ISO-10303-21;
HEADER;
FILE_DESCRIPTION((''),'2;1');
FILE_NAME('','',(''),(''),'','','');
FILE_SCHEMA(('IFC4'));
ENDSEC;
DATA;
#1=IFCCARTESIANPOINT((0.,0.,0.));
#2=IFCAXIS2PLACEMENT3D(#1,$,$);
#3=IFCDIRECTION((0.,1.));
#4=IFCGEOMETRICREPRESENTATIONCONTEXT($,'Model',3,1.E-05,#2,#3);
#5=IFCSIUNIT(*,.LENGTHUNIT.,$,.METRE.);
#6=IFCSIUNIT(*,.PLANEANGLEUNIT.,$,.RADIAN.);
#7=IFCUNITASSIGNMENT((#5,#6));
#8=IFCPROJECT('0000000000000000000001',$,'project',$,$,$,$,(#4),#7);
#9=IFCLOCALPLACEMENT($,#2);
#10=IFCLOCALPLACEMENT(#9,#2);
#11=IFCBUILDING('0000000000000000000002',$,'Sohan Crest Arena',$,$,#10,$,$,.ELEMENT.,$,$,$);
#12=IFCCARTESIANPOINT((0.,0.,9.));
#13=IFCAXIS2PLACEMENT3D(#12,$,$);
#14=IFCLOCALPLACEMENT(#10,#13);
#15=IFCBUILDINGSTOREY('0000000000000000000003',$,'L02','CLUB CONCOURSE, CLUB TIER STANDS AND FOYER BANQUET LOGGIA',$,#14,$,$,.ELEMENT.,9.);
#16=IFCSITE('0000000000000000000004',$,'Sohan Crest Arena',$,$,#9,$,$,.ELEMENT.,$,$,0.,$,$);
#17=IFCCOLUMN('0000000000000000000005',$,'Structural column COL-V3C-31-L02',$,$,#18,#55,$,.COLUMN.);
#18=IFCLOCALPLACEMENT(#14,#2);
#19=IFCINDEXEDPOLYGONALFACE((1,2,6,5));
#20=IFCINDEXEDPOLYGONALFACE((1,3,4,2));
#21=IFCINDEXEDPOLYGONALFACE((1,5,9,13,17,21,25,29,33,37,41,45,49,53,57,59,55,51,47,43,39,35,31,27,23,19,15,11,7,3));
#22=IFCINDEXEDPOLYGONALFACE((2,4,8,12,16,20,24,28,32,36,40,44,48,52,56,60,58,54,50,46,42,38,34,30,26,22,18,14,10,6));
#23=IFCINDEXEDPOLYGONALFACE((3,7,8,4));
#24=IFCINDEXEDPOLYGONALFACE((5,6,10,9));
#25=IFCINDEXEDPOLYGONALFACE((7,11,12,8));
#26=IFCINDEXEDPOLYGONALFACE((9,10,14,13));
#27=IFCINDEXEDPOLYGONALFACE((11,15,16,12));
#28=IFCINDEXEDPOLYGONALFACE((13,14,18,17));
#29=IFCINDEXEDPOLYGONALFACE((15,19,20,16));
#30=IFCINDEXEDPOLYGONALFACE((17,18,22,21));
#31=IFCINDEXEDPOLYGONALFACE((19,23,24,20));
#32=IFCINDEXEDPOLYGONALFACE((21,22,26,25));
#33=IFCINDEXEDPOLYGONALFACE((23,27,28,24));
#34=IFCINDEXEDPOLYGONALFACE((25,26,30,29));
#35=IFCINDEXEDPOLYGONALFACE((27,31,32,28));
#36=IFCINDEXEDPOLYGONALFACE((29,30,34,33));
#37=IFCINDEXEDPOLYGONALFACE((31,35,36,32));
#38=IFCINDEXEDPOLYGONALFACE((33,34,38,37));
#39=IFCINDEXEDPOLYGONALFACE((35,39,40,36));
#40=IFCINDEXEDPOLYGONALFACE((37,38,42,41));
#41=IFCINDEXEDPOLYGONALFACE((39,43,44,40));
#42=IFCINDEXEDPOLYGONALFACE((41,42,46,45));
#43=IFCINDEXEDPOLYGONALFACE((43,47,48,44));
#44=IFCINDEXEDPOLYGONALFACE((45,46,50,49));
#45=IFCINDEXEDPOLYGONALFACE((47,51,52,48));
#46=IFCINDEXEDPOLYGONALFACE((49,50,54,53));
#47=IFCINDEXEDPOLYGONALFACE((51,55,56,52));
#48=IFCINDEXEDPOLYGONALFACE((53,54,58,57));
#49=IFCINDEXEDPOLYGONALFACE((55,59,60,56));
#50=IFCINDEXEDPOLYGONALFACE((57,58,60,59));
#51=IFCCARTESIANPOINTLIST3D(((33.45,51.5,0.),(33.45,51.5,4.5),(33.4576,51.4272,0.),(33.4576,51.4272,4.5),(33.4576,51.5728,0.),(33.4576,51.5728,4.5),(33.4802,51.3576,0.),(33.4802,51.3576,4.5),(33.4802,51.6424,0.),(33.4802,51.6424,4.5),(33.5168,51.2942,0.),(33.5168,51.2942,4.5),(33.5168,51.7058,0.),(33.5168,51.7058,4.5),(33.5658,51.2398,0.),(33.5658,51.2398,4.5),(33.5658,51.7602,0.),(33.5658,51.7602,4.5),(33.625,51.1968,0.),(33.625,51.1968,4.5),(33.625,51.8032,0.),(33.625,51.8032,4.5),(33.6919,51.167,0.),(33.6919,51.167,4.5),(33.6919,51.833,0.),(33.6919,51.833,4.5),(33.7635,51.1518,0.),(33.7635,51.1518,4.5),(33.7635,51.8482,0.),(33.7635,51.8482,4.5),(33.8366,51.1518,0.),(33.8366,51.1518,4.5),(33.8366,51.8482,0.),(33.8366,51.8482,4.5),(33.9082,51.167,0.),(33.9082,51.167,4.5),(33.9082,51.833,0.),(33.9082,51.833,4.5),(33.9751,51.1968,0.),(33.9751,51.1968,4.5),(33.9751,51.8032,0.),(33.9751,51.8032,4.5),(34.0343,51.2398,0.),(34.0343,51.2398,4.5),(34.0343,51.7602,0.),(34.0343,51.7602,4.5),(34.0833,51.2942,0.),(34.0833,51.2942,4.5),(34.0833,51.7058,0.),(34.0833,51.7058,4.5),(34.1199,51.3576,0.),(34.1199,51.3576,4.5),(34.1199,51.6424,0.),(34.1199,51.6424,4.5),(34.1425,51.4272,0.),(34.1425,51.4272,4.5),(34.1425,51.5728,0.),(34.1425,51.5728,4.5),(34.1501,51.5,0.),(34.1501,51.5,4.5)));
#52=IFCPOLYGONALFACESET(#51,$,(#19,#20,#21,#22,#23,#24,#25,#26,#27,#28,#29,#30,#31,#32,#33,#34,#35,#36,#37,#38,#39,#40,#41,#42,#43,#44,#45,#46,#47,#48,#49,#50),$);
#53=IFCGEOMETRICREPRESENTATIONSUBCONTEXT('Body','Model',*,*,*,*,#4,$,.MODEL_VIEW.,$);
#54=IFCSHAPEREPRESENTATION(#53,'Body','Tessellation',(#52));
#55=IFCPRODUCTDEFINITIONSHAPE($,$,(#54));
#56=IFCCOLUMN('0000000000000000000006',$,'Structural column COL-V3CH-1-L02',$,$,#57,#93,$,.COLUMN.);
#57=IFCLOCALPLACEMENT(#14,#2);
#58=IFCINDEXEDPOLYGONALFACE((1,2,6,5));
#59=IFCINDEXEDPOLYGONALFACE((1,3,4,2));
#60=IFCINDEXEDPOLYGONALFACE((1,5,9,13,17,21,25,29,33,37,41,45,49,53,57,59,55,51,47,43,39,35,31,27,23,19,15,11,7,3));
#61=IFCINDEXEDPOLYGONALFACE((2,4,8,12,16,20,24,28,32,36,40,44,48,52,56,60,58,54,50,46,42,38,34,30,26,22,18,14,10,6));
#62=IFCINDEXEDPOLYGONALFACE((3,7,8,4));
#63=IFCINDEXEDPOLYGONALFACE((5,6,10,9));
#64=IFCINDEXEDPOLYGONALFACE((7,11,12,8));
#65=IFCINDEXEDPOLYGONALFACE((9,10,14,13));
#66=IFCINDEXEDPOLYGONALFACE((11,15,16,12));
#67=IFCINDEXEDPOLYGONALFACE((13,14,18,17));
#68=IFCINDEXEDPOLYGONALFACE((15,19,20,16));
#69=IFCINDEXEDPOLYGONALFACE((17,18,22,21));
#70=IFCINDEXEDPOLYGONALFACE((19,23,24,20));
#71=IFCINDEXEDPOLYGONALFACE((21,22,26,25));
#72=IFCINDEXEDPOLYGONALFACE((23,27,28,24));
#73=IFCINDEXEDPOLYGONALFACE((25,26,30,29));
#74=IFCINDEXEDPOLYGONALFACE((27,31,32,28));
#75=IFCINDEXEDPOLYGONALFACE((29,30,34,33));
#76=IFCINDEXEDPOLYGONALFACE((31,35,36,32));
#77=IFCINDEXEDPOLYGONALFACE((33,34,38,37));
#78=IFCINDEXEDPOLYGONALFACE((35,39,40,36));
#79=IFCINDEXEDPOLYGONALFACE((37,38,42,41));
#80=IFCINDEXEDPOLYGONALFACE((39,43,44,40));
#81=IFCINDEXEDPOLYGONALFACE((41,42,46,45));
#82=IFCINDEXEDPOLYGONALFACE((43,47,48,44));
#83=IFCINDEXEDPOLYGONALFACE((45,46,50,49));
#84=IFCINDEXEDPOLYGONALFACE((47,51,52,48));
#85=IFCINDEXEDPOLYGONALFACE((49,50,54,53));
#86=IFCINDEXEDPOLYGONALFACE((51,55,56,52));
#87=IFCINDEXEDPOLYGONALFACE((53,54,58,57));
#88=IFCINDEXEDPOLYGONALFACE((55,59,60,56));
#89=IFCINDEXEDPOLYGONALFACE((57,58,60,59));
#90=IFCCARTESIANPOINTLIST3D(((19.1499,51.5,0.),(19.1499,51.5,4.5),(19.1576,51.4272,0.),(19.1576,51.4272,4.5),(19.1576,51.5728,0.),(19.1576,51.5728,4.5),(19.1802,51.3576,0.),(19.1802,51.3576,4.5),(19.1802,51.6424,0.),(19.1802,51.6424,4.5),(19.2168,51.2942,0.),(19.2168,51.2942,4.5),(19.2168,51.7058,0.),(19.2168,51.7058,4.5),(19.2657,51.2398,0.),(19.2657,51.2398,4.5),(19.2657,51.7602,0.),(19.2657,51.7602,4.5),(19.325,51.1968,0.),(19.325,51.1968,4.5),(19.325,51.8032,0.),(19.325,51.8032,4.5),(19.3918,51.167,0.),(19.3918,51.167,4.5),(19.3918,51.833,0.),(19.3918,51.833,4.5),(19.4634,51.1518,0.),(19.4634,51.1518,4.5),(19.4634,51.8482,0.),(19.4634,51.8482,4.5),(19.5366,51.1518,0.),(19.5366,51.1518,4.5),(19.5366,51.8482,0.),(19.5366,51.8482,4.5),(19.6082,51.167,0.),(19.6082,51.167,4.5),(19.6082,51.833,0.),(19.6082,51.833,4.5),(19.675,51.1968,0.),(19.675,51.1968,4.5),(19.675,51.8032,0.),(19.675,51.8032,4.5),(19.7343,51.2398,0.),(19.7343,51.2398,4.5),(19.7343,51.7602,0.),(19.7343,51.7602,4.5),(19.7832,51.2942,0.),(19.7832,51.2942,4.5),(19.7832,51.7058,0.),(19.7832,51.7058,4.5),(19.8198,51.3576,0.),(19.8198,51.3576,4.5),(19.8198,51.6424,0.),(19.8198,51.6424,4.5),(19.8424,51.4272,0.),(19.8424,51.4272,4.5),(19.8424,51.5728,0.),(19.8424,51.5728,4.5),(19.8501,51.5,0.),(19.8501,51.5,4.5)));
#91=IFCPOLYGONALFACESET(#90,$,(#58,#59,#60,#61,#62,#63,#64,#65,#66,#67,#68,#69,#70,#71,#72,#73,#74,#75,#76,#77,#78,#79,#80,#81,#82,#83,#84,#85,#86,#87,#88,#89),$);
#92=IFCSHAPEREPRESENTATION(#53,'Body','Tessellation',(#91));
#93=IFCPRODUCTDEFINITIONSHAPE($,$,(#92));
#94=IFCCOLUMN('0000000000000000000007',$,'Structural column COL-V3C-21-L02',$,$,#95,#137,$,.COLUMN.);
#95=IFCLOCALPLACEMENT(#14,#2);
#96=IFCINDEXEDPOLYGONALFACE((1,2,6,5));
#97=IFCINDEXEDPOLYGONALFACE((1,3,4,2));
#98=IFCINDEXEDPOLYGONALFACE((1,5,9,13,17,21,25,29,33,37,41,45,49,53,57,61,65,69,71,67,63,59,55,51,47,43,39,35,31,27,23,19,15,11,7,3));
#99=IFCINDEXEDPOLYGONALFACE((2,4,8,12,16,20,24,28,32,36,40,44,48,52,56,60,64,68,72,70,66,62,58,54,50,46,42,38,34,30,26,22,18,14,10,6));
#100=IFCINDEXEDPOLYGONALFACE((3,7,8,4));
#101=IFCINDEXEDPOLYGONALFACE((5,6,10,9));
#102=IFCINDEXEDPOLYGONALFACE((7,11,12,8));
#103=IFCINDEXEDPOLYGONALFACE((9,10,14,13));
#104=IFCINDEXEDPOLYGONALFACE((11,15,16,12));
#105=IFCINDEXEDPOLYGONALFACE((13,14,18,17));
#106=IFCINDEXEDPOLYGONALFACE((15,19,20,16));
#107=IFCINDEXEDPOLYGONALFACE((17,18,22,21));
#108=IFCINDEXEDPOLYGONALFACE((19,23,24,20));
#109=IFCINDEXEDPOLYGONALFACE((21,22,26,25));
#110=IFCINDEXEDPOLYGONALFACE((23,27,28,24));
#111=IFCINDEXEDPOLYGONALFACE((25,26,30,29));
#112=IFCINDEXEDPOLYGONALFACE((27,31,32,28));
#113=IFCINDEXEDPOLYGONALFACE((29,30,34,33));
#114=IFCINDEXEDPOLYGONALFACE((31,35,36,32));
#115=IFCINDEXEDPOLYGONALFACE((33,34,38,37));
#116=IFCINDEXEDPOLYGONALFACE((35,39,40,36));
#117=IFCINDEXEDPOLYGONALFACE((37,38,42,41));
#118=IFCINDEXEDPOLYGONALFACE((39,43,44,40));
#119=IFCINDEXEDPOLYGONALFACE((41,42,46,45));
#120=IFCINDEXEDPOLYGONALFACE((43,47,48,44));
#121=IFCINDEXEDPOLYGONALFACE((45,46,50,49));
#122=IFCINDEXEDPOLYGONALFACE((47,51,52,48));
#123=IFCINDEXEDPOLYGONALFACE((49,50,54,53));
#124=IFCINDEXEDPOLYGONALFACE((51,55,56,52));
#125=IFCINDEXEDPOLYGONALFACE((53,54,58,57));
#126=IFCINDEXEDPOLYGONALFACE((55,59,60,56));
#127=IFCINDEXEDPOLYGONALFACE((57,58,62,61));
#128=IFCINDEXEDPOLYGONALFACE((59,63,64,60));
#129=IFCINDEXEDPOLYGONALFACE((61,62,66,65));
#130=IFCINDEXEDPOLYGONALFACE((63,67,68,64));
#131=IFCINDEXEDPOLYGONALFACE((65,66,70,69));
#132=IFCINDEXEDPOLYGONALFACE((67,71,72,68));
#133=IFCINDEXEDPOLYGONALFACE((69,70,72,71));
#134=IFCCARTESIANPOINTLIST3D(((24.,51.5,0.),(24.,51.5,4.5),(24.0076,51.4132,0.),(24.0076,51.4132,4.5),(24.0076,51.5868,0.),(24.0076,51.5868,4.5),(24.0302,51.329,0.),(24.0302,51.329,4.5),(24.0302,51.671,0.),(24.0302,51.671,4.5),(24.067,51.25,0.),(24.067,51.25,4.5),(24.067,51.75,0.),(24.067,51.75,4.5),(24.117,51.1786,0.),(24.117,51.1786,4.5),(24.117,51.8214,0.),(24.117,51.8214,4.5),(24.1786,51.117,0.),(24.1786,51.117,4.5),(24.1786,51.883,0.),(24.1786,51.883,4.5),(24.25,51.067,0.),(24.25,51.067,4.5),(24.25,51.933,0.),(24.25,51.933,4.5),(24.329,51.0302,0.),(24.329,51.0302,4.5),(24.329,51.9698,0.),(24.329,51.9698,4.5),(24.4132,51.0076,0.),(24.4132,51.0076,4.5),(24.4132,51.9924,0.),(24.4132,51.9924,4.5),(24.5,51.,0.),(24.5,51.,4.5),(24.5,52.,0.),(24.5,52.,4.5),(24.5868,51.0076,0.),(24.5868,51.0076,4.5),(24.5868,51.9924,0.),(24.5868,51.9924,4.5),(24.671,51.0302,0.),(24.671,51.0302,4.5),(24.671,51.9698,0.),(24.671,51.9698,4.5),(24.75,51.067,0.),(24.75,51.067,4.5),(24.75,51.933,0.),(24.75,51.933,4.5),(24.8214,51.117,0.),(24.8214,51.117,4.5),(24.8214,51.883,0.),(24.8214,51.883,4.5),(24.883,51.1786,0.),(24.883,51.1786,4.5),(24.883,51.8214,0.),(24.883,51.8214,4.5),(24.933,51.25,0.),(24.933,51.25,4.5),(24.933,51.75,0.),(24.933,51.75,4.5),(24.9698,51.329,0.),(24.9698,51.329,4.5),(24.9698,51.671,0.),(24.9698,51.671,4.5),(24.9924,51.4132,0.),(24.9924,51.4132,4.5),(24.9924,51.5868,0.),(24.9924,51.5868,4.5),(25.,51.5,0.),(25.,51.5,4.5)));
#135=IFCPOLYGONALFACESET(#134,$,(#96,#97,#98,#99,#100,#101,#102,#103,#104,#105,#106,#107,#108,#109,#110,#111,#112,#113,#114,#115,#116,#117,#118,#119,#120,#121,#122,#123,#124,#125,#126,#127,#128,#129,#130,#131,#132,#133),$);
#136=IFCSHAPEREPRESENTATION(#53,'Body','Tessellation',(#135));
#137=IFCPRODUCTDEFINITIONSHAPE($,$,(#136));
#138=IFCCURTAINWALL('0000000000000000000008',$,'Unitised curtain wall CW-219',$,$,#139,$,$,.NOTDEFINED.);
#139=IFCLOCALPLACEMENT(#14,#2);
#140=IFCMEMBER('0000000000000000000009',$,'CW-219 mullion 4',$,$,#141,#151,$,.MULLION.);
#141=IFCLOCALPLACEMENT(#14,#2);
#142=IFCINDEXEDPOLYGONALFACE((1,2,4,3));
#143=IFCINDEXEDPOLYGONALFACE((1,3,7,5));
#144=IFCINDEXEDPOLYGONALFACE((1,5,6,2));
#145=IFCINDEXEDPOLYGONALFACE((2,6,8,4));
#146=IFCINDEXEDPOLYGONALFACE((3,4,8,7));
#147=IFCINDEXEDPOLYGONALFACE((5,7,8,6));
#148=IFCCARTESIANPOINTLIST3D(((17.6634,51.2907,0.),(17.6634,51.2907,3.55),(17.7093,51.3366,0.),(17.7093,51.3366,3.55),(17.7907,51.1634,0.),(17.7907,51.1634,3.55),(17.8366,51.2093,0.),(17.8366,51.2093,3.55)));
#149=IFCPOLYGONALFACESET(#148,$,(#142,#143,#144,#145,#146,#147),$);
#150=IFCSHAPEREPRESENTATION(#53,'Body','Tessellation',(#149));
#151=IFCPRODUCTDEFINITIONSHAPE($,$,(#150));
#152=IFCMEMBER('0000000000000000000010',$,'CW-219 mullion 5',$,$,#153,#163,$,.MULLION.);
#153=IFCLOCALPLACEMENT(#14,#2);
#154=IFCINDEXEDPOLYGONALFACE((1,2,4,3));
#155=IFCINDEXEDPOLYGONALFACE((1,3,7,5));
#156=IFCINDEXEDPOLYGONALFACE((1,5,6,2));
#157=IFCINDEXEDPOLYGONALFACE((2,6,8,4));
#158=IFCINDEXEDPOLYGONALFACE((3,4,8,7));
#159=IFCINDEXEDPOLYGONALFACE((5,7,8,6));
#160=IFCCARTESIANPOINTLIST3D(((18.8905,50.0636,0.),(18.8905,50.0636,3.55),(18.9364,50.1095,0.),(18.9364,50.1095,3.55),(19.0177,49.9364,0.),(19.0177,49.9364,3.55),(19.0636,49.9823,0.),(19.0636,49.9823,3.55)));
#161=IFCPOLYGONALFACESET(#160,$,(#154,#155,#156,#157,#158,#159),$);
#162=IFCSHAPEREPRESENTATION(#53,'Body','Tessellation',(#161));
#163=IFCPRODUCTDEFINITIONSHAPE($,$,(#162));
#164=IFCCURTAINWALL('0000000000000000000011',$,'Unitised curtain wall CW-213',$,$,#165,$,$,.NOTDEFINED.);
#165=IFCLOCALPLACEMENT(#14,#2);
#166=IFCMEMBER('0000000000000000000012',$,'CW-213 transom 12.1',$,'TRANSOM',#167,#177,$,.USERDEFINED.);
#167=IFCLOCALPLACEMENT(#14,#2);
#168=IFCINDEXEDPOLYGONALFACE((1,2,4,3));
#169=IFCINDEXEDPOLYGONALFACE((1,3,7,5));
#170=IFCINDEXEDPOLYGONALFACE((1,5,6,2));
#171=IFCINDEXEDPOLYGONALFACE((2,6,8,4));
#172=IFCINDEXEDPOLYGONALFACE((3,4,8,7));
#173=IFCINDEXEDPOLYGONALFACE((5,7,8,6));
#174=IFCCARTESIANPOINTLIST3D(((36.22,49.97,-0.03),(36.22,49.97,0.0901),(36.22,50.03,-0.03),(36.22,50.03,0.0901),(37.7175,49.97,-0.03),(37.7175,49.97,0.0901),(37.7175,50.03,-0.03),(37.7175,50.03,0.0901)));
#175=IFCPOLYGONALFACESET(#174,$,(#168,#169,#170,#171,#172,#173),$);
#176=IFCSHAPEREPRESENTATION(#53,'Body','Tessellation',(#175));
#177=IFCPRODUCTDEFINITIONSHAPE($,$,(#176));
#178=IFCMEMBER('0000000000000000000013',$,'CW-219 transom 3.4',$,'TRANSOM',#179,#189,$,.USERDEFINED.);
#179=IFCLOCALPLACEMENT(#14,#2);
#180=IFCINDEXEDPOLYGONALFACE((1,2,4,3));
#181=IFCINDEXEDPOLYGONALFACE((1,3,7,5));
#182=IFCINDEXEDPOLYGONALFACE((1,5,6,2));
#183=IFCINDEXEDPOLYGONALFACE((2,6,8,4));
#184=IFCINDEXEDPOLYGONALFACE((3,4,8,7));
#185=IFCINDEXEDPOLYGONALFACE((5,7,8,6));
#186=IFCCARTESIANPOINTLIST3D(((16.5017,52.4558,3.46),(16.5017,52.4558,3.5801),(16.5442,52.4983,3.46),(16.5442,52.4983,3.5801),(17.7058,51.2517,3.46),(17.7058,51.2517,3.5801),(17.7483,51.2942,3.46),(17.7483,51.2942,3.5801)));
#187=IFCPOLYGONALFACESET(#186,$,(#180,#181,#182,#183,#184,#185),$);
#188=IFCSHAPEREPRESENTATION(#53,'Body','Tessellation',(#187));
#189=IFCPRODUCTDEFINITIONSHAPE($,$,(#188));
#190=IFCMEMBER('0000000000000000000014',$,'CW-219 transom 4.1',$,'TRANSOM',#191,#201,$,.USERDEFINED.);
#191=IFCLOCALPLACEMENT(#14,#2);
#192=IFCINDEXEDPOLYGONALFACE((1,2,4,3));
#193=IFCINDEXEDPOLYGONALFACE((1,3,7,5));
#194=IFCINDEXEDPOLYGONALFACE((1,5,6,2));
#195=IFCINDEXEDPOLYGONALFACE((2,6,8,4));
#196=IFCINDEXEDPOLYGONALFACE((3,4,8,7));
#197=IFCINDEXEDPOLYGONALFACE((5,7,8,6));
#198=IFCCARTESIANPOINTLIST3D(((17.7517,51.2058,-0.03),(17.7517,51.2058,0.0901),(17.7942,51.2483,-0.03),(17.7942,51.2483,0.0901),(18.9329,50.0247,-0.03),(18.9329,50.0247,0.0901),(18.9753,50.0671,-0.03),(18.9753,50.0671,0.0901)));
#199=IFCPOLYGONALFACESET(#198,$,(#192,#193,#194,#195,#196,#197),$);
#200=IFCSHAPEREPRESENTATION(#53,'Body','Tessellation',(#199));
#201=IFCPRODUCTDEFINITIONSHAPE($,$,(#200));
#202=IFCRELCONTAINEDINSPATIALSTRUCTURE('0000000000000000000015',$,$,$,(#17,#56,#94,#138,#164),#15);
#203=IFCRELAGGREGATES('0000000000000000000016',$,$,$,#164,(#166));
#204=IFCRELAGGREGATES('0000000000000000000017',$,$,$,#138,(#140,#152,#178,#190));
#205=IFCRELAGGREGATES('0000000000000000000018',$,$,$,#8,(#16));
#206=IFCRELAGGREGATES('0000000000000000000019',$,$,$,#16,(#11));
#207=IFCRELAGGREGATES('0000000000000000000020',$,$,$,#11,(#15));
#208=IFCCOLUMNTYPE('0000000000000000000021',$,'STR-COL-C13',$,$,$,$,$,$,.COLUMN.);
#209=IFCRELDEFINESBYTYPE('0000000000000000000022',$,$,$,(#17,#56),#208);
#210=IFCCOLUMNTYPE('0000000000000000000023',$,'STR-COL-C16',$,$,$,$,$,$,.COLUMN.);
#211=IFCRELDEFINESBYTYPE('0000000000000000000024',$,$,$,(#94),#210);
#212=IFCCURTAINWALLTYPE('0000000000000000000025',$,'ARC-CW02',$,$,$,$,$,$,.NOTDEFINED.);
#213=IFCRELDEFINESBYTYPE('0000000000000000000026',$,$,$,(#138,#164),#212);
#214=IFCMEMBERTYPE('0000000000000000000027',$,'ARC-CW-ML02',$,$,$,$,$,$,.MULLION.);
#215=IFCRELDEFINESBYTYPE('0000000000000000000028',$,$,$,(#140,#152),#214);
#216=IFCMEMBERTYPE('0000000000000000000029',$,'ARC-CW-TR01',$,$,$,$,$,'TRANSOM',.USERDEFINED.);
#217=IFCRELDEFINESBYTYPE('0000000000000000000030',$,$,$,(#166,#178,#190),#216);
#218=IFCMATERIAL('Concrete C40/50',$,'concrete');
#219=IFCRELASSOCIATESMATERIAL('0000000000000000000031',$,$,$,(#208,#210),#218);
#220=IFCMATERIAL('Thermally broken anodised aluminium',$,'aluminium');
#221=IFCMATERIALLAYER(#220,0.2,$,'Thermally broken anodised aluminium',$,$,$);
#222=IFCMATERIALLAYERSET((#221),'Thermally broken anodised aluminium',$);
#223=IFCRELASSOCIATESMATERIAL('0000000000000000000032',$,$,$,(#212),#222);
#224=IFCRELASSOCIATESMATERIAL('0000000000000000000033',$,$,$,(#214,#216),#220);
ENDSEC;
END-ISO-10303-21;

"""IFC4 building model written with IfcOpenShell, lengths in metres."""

from ifc_helpers import new_model, si_unit, direction, frame, origin, origin_2d, place, context, subcontext, project, spatial, rectangle, circle, extrude, material, layer, layer_set, material_profile, profile_set, type_object, element, aggregate, save


model = new_model("IFC4")

# Units and contexts
model_context = context("Model", 3, precision=1e-05, world=origin(), true_north=direction((0.0, 1.0)))
body_context = subcontext(model_context, "Body", "Model", "MODEL_VIEW")
ifc_project = project(units=[si_unit("LENGTHUNIT", "METRE"), si_unit("PLANEANGLEUNIT", "RADIAN")], contexts=[model_context])

# Site, building, storey
site_placement = place(None, origin())
site = spatial("IfcSite", under=ifc_project, at=site_placement, Name="Sohan Crest Arena", CompositionType="ELEMENT", RefElevation=0.0)
building_placement = place(site_placement, origin())
building = spatial("IfcBuilding", under=site, at=building_placement, Name="Sohan Crest Arena", CompositionType="ELEMENT")
storey_placement = place(building_placement, frame((0.0, 0.0, 9.0)))
storey = spatial("IfcBuildingStorey", under=building, at=storey_placement, Name="L02", Description="CLUB CONCOURSE, CLUB TIER STANDS AND FOYER BANQUET LOGGIA", CompositionType="ELEMENT", Elevation=9.0)

# Columns
ifc_material_1 = material(Name="Concrete C40/50", Category="concrete")
ifc_material_profile_1 = material_profile(ifc_material_1, circle(Radius=0.3501, at=origin_2d()), Name="RC D700")
ifc_profile_set_1 = profile_set([ifc_material_profile_1], Name="Concrete C40/50")
column_type_1 = type_object("IfcColumnType", Name="STR-COL-C13", PredefinedType="COLUMN", material=ifc_profile_set_1)
for number, where, z_axis, x_axis, name in (
    (1, (33.8, 51.5, 0.0), (0.0, 0.0, 1.0), (1.0, 0.0, 0.0), "Structural column COL-V3C-31-L02"),
    (2, (19.5, 51.5, 0.0), (0.0, 0.0, 1.0), (1.0, 0.0, 0.0), "Structural column COL-V3CH-1-L02"),
):
    element("IfcColumn", number, at=place(storey_placement, frame(where, z_axis=z_axis, x_axis=x_axis)), inside=storey, type_object=column_type_1, Name=name, PredefinedType="COLUMN", context=body_context, shape_type="SweptSolid", body=[
        extrude(circle(Radius=0.3501, at=origin_2d()), origin(), (0.0, 0.0, 1.0), 4.5),
    ])
ifc_material_profile_2 = material_profile(ifc_material_1, circle(Radius=0.5, at=origin_2d()), Name="RC D1000")
ifc_profile_set_2 = profile_set([ifc_material_profile_2], Name="Concrete C40/50")
column_type_2 = type_object("IfcColumnType", Name="STR-COL-C16", PredefinedType="COLUMN", material=ifc_profile_set_2)
column_placement = place(storey_placement, frame((24.5, 51.5, 0.0), z_axis=(0.0, 0.0, 1.0), x_axis=(1.0, 0.0, 0.0)))
element("IfcColumn", 3, at=column_placement, inside=storey, type_object=column_type_2, Name="Structural column COL-V3C-21-L02", PredefinedType="COLUMN", context=body_context, shape_type="SweptSolid", body=[
    extrude(circle(Radius=0.5, at=origin_2d()), origin(), (0.0, 0.0, 1.0), 4.5),
])

# Curtain wall, members
ifc_material_2 = material(Name="Thermally broken anodised aluminium", Category="aluminium")
ifc_layer_1 = layer(ifc_material_2, 0.2, Name="Thermally broken anodised aluminium")
ifc_layer_set_1 = layer_set([ifc_layer_1], Name="Thermally broken anodised aluminium")
curtain_wall_type = type_object("IfcCurtainWallType", Name="ARC-CW02", PredefinedType="NOTDEFINED", material=ifc_layer_set_1)
curtain_wall_1_placement = place(storey_placement, origin())
curtain_wall_1 = element("IfcCurtainWall", 4, at=curtain_wall_1_placement, inside=storey, type_object=curtain_wall_type, Name="Unitised curtain wall CW-219", PredefinedType="NOTDEFINED")
ifc_material_profile_3 = material_profile(ifc_material_2, rectangle(XDim=0.0649, YDim=0.1799, at=origin_2d()), Name="ALU-MULL 65x180")
ifc_profile_set_3 = profile_set([ifc_material_profile_3], Name="Thermally broken anodised aluminium")
member_type_1 = type_object("IfcMemberType", Name="ARC-CW-ML02", PredefinedType="MULLION", material=ifc_profile_set_3)
member_1_placement = place(storey_placement, frame((17.75, 51.25, 0.0), z_axis=(0.0, 0.0, 1.0), x_axis=(0.707107, 0.707107, 0.0)))
member_1 = element("IfcMember", 5, at=member_1_placement, type_object=member_type_1, Name="CW-219 mullion 4", PredefinedType="MULLION", context=body_context, shape_type="SweptSolid", body=[
    extrude(rectangle(XDim=0.0649, YDim=0.1799, at=origin_2d()), origin(), (0.0, 0.0, 1.0), 3.55),
])
member_2_placement = place(storey_placement, frame((18.9771, 50.0229, 0.0), z_axis=(0.0, 0.0, 1.0), x_axis=(0.707107, 0.707107, 0.0)))
member_2 = element("IfcMember", 6, at=member_2_placement, type_object=member_type_1, Name="CW-219 mullion 5", PredefinedType="MULLION", context=body_context, shape_type="SweptSolid", body=[
    extrude(rectangle(XDim=0.0649, YDim=0.1799, at=origin_2d()), origin(), (0.0, 0.0, 1.0), 3.55),
])

# Curtain wall, member
curtain_wall_2_placement = place(storey_placement, origin())
curtain_wall_2 = element("IfcCurtainWall", 7, at=curtain_wall_2_placement, inside=storey, type_object=curtain_wall_type, Name="Unitised curtain wall CW-213", PredefinedType="NOTDEFINED")
ifc_material_profile_4 = material_profile(ifc_material_2, rectangle(XDim=0.0601, YDim=0.1201, at=origin_2d()), Name="ALU-TRAN 60x120")
ifc_profile_set_4 = profile_set([ifc_material_profile_4], Name="Thermally broken anodised aluminium")
member_type_2 = type_object("IfcMemberType", Name="ARC-CW-TR01", ElementType="TRANSOM", PredefinedType="USERDEFINED", material=ifc_profile_set_4)
member_3_placement = place(storey_placement, frame((36.22, 50.0, 0.03), z_axis=(1.0, 0.0, 0.0), x_axis=(0.0, 1.0, 0.0)))
member_3 = element("IfcMember", 8, at=member_3_placement, type_object=member_type_2, Name="CW-213 transom 12.1", ObjectType="TRANSOM", PredefinedType="USERDEFINED", context=body_context, shape_type="SweptSolid", body=[
    extrude(rectangle(XDim=0.0601, YDim=0.1201, at=origin_2d()), origin(), (0.0, 0.0, 1.0), 1.4976),
])
aggregate(curtain_wall_2, [member_3])

# Members
member_4_placement = place(storey_placement, frame((16.5229, 52.4771, 3.52), z_axis=(0.707107, -0.707107, 0.0), x_axis=(0.707107, 0.707107, 0.0)))
member_4 = element("IfcMember", 9, at=member_4_placement, type_object=member_type_2, Name="CW-219 transom 3.4", ObjectType="TRANSOM", PredefinedType="USERDEFINED", context=body_context, shape_type="SweptSolid", body=[
    extrude(rectangle(XDim=0.0601, YDim=0.1201, at=origin_2d()), origin(), (0.0, 0.0, 1.0), 1.7029),
])
member_5_placement = place(storey_placement, frame((17.7729, 51.2271, 0.03), z_axis=(0.707107, -0.707107, 0.0), x_axis=(0.707107, 0.707107, 0.0)))
member_5 = element("IfcMember", 10, at=member_5_placement, type_object=member_type_2, Name="CW-219 transom 4.1", ObjectType="TRANSOM", PredefinedType="USERDEFINED", context=body_context, shape_type="SweptSolid", body=[
    extrude(rectangle(XDim=0.0601, YDim=0.1201, at=origin_2d()), origin(), (0.0, 0.0, 1.0), 1.6704),
])

aggregate(curtain_wall_1, [member_1, member_2, member_4, member_5])

save(model, "model.ifc")
